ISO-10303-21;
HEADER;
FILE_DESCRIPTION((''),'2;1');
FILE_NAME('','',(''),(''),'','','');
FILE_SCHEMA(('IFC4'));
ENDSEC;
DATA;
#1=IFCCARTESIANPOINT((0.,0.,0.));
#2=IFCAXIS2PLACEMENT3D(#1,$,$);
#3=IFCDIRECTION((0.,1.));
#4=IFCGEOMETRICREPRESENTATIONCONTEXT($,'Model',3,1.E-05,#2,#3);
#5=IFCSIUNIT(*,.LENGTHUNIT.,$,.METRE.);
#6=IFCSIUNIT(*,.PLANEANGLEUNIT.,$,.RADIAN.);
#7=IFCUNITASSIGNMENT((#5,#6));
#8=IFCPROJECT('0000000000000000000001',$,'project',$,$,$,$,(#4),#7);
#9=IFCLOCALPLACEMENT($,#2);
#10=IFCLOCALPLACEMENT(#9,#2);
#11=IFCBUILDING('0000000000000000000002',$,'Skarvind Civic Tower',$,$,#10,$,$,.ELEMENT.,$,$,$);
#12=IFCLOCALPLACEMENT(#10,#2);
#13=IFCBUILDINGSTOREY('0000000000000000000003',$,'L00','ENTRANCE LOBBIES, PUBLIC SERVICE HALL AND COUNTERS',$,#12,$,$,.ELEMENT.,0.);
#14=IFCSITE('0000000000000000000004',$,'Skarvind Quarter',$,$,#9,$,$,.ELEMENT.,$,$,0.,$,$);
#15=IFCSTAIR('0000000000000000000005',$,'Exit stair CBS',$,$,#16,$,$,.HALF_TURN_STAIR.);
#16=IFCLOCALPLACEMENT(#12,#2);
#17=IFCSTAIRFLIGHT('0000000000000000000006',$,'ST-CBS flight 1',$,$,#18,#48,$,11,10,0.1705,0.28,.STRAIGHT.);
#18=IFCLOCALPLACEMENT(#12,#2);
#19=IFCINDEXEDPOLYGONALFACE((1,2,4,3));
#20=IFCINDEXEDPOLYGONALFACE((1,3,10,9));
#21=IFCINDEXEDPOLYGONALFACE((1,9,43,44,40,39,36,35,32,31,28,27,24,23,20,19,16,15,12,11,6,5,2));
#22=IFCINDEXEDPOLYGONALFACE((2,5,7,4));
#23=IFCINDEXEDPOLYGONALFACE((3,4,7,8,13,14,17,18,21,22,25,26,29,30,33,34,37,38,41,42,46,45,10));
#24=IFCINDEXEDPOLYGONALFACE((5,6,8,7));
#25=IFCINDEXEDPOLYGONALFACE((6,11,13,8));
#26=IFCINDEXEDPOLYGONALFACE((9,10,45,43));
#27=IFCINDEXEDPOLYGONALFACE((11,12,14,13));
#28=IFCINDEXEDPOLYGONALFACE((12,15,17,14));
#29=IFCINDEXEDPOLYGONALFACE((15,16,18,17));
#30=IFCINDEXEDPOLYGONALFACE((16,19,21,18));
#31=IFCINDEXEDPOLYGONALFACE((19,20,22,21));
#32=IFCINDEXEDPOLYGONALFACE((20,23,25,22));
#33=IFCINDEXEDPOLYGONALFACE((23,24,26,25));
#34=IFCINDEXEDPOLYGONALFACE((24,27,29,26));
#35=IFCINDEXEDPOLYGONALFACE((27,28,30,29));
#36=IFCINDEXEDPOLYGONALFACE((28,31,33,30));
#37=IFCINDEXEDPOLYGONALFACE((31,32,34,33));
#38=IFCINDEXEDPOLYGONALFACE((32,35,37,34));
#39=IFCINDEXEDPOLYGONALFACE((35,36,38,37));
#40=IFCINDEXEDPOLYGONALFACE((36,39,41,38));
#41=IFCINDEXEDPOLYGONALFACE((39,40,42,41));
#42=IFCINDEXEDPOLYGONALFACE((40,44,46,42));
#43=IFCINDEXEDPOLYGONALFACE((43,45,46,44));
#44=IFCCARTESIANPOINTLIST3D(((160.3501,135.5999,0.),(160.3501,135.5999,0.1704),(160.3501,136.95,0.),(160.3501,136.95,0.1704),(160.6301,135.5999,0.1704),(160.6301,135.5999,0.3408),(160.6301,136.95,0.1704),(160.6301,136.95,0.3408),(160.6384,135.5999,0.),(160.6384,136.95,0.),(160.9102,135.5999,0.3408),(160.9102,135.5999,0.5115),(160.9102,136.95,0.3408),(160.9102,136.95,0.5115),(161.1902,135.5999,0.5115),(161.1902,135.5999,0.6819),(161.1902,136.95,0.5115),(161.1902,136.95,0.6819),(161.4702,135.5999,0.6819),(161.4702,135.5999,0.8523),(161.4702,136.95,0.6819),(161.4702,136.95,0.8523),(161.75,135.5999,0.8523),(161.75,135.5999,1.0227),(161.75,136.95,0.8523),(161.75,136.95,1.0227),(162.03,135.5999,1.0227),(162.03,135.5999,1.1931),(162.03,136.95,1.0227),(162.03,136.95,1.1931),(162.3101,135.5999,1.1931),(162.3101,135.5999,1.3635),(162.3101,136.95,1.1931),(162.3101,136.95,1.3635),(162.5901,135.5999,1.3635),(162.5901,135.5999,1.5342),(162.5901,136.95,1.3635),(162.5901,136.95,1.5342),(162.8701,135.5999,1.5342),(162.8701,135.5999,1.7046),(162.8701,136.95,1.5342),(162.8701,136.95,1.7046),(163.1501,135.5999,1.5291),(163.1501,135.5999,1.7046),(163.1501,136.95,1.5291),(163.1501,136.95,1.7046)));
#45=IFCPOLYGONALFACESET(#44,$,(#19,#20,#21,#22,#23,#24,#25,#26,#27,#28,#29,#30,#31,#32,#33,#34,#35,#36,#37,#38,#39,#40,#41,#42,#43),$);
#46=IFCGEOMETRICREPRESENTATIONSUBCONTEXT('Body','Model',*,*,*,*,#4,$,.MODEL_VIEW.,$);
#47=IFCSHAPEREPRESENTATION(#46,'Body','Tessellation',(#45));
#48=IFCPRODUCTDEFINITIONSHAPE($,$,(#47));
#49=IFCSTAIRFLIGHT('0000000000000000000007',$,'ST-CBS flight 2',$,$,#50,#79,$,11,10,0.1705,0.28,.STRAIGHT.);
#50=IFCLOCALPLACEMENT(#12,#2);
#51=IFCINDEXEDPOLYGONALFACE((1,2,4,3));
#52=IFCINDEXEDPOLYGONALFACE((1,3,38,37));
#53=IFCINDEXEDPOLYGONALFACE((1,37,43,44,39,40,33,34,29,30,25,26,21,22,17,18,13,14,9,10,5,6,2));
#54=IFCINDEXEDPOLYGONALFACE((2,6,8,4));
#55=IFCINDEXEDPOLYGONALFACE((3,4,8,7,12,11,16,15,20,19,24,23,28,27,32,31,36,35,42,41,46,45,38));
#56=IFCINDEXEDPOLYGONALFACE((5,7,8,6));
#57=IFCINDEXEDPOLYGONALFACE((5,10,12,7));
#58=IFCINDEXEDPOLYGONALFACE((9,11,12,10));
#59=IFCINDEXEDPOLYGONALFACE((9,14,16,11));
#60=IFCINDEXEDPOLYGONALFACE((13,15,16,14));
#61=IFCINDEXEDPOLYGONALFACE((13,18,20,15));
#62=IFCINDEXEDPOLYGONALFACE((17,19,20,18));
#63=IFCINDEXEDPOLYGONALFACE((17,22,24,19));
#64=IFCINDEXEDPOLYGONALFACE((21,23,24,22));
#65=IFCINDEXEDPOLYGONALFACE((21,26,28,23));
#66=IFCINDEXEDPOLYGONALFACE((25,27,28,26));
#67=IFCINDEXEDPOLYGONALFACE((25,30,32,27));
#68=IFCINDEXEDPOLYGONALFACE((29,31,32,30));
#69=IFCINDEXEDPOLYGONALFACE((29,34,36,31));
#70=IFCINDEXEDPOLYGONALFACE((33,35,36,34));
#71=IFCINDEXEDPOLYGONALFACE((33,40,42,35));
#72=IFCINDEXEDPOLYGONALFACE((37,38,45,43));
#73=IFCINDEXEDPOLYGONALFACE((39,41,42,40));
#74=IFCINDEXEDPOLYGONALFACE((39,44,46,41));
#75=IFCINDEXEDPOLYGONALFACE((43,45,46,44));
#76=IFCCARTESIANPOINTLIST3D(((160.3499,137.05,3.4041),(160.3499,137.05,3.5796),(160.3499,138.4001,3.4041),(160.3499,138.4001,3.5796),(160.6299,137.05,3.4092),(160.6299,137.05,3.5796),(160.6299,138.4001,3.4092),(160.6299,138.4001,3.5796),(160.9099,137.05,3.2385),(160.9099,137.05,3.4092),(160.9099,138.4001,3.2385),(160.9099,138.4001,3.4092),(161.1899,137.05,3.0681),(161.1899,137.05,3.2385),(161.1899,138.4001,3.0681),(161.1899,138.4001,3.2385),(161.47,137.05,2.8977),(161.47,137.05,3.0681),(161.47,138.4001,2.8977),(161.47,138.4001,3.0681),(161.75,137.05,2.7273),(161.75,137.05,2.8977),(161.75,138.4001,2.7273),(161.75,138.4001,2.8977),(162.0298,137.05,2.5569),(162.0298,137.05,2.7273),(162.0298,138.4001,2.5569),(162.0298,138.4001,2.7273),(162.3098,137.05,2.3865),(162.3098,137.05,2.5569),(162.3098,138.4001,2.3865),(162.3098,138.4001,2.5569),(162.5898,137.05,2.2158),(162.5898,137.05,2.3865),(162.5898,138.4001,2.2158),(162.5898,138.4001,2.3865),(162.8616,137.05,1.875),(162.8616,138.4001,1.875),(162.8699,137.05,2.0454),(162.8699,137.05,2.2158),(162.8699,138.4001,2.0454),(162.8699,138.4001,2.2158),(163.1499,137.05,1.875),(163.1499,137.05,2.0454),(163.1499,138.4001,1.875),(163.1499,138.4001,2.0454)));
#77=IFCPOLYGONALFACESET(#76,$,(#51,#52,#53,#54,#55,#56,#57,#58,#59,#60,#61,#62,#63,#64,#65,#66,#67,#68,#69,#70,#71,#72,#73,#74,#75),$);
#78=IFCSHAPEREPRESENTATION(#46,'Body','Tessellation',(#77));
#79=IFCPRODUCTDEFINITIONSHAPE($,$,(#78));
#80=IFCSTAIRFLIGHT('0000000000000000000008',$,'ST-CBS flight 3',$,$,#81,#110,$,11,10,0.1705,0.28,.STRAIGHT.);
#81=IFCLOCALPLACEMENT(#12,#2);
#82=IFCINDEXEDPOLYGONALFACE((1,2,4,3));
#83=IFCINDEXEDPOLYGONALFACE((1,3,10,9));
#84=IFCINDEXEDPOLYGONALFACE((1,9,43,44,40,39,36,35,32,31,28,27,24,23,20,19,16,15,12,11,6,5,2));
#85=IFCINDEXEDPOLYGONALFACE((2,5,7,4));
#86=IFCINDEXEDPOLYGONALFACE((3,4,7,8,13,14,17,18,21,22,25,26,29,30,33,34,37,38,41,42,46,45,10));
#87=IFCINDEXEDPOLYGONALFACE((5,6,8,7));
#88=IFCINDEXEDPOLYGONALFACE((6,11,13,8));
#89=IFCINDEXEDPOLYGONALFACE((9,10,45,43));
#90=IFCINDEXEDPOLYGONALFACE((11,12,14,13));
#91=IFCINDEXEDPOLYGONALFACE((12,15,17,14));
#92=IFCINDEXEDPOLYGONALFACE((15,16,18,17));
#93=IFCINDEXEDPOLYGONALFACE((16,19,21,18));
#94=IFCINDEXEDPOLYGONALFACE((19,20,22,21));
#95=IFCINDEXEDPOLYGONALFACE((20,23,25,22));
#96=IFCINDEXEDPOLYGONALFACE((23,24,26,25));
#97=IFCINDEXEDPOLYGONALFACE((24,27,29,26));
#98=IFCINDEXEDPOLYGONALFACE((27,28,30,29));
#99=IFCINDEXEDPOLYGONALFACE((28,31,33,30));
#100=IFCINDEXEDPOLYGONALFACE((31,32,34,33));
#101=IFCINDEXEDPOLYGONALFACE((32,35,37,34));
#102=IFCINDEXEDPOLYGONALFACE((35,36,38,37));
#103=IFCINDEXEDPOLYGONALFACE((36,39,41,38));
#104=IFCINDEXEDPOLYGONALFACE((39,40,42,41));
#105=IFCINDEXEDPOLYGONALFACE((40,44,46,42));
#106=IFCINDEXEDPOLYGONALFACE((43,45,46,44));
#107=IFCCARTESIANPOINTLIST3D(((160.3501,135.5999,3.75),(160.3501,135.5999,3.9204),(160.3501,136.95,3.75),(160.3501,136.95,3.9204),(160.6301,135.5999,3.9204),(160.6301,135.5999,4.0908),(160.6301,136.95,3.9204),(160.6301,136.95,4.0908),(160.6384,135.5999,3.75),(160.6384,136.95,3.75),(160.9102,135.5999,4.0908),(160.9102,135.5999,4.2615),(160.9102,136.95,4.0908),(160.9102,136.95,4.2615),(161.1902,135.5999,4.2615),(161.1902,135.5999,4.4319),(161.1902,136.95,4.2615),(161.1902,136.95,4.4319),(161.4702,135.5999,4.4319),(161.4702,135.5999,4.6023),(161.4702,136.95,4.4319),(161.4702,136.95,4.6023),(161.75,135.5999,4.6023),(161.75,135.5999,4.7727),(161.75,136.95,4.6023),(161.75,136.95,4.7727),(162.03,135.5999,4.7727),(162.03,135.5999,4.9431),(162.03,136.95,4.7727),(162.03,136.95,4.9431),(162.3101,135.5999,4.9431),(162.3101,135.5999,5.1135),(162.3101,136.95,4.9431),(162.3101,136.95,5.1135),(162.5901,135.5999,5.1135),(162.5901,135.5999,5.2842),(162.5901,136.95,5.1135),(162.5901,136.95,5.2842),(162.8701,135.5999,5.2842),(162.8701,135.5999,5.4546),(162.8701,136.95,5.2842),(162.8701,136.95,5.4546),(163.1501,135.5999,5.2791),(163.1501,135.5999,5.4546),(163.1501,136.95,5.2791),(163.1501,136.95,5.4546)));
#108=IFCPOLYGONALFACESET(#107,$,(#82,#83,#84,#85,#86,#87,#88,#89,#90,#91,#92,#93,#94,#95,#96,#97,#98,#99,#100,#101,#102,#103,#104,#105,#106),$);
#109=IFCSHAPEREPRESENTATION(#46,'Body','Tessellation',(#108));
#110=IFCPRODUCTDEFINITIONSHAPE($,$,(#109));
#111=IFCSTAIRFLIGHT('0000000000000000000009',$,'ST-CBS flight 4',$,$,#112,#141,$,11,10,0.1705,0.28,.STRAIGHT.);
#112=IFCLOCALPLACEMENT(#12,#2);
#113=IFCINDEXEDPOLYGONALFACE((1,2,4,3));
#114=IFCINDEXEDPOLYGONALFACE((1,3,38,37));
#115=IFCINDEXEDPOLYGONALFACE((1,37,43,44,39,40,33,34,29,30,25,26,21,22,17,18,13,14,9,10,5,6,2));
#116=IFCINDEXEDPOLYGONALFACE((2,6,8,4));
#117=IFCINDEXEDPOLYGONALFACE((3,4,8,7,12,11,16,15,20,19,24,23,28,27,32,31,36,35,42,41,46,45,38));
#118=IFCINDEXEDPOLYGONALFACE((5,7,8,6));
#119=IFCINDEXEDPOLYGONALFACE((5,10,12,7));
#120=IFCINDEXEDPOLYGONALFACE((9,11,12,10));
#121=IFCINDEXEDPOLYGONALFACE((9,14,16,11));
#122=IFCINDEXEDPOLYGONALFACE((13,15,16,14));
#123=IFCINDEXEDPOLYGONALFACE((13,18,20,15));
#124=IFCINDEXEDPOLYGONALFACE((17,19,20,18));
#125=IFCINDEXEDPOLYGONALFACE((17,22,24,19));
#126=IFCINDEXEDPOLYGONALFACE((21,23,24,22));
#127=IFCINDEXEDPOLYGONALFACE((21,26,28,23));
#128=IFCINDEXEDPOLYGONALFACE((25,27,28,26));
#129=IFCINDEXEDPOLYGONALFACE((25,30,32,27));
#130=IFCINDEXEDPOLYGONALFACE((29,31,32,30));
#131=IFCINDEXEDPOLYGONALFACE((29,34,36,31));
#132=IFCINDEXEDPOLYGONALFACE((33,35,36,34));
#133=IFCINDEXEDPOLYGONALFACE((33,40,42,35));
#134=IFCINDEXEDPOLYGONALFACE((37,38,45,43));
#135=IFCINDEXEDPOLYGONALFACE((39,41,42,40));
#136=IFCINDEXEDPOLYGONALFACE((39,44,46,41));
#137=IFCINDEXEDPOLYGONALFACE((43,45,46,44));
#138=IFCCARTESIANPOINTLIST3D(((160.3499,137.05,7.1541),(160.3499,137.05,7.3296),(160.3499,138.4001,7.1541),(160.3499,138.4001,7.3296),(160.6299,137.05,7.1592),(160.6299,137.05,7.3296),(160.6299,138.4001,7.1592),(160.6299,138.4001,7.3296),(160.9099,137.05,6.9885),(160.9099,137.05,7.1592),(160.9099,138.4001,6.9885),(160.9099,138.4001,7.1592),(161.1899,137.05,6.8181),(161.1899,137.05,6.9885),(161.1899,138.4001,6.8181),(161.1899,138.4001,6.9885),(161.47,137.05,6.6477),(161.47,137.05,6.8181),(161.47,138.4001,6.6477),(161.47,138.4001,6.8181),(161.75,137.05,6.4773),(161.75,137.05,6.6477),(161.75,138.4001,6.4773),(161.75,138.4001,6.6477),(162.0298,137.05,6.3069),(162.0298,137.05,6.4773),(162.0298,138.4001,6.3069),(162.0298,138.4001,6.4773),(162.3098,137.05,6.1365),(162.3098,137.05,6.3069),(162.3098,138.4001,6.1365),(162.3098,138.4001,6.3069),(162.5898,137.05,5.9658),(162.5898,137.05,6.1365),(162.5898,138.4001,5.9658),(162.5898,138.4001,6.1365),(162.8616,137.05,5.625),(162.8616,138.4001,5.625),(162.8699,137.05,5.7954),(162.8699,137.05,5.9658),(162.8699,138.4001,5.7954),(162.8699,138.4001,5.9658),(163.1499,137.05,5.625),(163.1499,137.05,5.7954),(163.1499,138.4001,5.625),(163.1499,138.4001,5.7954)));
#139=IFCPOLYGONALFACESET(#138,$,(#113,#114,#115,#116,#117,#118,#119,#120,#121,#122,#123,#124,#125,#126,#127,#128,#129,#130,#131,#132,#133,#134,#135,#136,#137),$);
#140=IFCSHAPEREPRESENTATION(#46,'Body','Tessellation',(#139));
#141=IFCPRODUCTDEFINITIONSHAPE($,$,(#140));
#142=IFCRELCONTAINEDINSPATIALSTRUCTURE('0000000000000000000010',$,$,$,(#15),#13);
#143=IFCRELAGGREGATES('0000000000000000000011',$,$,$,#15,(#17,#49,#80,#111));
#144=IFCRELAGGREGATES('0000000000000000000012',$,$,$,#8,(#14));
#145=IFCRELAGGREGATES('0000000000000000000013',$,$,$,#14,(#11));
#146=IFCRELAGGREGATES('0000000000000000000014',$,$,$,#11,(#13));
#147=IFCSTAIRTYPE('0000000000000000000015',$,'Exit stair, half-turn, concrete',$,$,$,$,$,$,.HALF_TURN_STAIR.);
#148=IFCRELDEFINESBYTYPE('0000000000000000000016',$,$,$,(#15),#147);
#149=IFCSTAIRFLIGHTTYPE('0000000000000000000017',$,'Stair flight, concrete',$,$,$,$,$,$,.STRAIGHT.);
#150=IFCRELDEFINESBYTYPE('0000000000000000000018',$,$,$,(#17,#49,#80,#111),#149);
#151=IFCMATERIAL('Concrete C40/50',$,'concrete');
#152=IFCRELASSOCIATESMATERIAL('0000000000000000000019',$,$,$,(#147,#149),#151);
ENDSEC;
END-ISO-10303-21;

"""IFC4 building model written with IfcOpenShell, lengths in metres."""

from ifc_helpers import new_model, si_unit, direction, frame, origin, place, context, subcontext, project, spatial, polyline, outline, extrude, material, type_object, element, aggregate, save


model = new_model("IFC4")

# Units and contexts
model_context = context("Model", 3, precision=1e-05, world=origin(), true_north=direction((0.0, 1.0)))
body_context = subcontext(model_context, "Body", "Model", "MODEL_VIEW")
ifc_project = project(units=[si_unit("LENGTHUNIT", "METRE"), si_unit("PLANEANGLEUNIT", "RADIAN")], contexts=[model_context])

# Site, building, storey
site_placement = place(None, origin())
site = spatial("IfcSite", under=ifc_project, at=site_placement, Name="Skarvind Quarter", CompositionType="ELEMENT", RefElevation=0.0)
building_placement = place(site_placement, origin())
building = spatial("IfcBuilding", under=site, at=building_placement, Name="Skarvind Civic Tower", CompositionType="ELEMENT")
storey_placement = place(building_placement, origin())
storey = spatial("IfcBuildingStorey", under=building, at=storey_placement, Name="L00", Description="ENTRANCE LOBBIES, PUBLIC SERVICE HALL AND COUNTERS", CompositionType="ELEMENT", Elevation=0.0)

# Stair, stair flights
ifc_material_1 = material(Name="Concrete C40/50", Category="concrete")
stair_type = type_object("IfcStairType", Name="Exit stair, half-turn, concrete", PredefinedType="HALF_TURN_STAIR", material=ifc_material_1)
stair_placement = place(storey_placement, origin())
stair = element("IfcStair", 1, at=stair_placement, inside=storey, type_object=stair_type, Name="Exit stair CBS", PredefinedType="HALF_TURN_STAIR")
stair_flight_type = type_object("IfcStairFlightType", Name="Stair flight, concrete", PredefinedType="STRAIGHT", material=ifc_material_1)
stair_flight_1_placement = place(storey_placement, frame((160.3501, 136.2749, 0.0), z_axis=(0.0, 0.0, 1.0), x_axis=(1.0, 0.0, 0.0)))
stair_flight_1 = element("IfcStairFlight", 2, at=stair_flight_1_placement, type_object=stair_flight_type, Name="ST-CBS flight 1", NumberOfRisers=11, NumberOfTreads=10, PredefinedType="STRAIGHT", RiserHeight=0.1705, TreadLength=0.28, context=body_context, shape_type="SweptSolid", body=[
    extrude(outline(polyline([(0.0, 0.0), (0.0, 0.1704), (0.28, 0.1704), (0.28, 0.3408), (0.5601, 0.3408), (0.5601, 0.5115), (0.8401, 0.5115), (0.8401, 0.6819), (1.1201, 0.6819), (1.1201, 0.8523), (1.3999, 0.8523), (1.3999, 1.0227), (1.6799, 1.0227), (1.6799, 1.1931), (1.96, 1.1931), (1.96, 1.3635), (2.24, 1.3635), (2.24, 1.5342), (2.52, 1.5342), (2.52, 1.7046), (2.8, 1.7046), (2.8, 1.875), (2.8, 1.5291), (0.2883, 0.0), (0.0, 0.0)])), frame((0.0, 0.675, 0.0), z_axis=(0.0, -1.0, 0.0), x_axis=(1.0, 0.0, 0.0)), (0.0, 0.0, 1.0), 1.3501),
])
stair_flight_2_placement = place(storey_placement, frame((163.1499, 137.7251, 1.875), z_axis=(0.0, 0.0, 1.0), x_axis=(-1.0, 0.0, 0.0)))
stair_flight_2 = element("IfcStairFlight", 3, at=stair_flight_2_placement, type_object=stair_flight_type, Name="ST-CBS flight 2", NumberOfRisers=11, NumberOfTreads=10, PredefinedType="STRAIGHT", RiserHeight=0.1705, TreadLength=0.28, context=body_context, shape_type="SweptSolid", body=[
    extrude(outline(polyline([(0.0, 0.0), (0.0, 0.1704), (0.28, 0.1704), (0.28, 0.3408), (0.5601, 0.3408), (0.5601, 0.5115), (0.8401, 0.5115), (0.8401, 0.6819), (1.1201, 0.6819), (1.1201, 0.8523), (1.3999, 0.8523), (1.3999, 1.0227), (1.6799, 1.0227), (1.6799, 1.1931), (1.96, 1.1931), (1.96, 1.3635), (2.24, 1.3635), (2.24, 1.5342), (2.52, 1.5342), (2.52, 1.7046), (2.8, 1.7046), (2.8, 1.875), (2.8, 1.5291), (0.2883, 0.0), (0.0, 0.0)])), frame((0.0, 0.675, 0.0), z_axis=(0.0, -1.0, 0.0), x_axis=(1.0, 0.0, 0.0)), (0.0, 0.0, 1.0), 1.3501),
])
stair_flight_3_placement = place(storey_placement, frame((160.3501, 136.2749, 3.75), z_axis=(0.0, 0.0, 1.0), x_axis=(1.0, 0.0, 0.0)))
stair_flight_3 = element("IfcStairFlight", 4, at=stair_flight_3_placement, type_object=stair_flight_type, Name="ST-CBS flight 3", NumberOfRisers=11, NumberOfTreads=10, PredefinedType="STRAIGHT", RiserHeight=0.1705, TreadLength=0.28, context=body_context, shape_type="SweptSolid", body=[
    extrude(outline(polyline([(0.0, 0.0), (0.0, 0.1704), (0.28, 0.1704), (0.28, 0.3408), (0.5601, 0.3408), (0.5601, 0.5115), (0.8401, 0.5115), (0.8401, 0.6819), (1.1201, 0.6819), (1.1201, 0.8523), (1.3999, 0.8523), (1.3999, 1.0227), (1.6799, 1.0227), (1.6799, 1.1931), (1.96, 1.1931), (1.96, 1.3635), (2.24, 1.3635), (2.24, 1.5342), (2.52, 1.5342), (2.52, 1.7046), (2.8, 1.7046), (2.8, 1.875), (2.8, 1.5291), (0.2883, 0.0), (0.0, 0.0)])), frame((0.0, 0.675, 0.0), z_axis=(0.0, -1.0, 0.0), x_axis=(1.0, 0.0, 0.0)), (0.0, 0.0, 1.0), 1.3501),
])
stair_flight_4_placement = place(storey_placement, frame((163.1499, 137.7251, 5.625), z_axis=(0.0, 0.0, 1.0), x_axis=(-1.0, 0.0, 0.0)))
stair_flight_4 = element("IfcStairFlight", 5, at=stair_flight_4_placement, type_object=stair_flight_type, Name="ST-CBS flight 4", NumberOfRisers=11, NumberOfTreads=10, PredefinedType="STRAIGHT", RiserHeight=0.1705, TreadLength=0.28, context=body_context, shape_type="SweptSolid", body=[
    extrude(outline(polyline([(0.0, 0.0), (0.0, 0.1704), (0.28, 0.1704), (0.28, 0.3408), (0.5601, 0.3408), (0.5601, 0.5115), (0.8401, 0.5115), (0.8401, 0.6819), (1.1201, 0.6819), (1.1201, 0.8523), (1.3999, 0.8523), (1.3999, 1.0227), (1.6799, 1.0227), (1.6799, 1.1931), (1.96, 1.1931), (1.96, 1.3635), (2.24, 1.3635), (2.24, 1.5342), (2.52, 1.5342), (2.52, 1.7046), (2.8, 1.7046), (2.8, 1.875), (2.8, 1.5291), (0.2883, 0.0), (0.0, 0.0)])), frame((0.0, 0.675, 0.0), z_axis=(0.0, -1.0, 0.0), x_axis=(1.0, 0.0, 0.0)), (0.0, 0.0, 1.0), 1.3501),
])
aggregate(stair, [stair_flight_1, stair_flight_2, stair_flight_3, stair_flight_4])

save(model, "model.ifc")
